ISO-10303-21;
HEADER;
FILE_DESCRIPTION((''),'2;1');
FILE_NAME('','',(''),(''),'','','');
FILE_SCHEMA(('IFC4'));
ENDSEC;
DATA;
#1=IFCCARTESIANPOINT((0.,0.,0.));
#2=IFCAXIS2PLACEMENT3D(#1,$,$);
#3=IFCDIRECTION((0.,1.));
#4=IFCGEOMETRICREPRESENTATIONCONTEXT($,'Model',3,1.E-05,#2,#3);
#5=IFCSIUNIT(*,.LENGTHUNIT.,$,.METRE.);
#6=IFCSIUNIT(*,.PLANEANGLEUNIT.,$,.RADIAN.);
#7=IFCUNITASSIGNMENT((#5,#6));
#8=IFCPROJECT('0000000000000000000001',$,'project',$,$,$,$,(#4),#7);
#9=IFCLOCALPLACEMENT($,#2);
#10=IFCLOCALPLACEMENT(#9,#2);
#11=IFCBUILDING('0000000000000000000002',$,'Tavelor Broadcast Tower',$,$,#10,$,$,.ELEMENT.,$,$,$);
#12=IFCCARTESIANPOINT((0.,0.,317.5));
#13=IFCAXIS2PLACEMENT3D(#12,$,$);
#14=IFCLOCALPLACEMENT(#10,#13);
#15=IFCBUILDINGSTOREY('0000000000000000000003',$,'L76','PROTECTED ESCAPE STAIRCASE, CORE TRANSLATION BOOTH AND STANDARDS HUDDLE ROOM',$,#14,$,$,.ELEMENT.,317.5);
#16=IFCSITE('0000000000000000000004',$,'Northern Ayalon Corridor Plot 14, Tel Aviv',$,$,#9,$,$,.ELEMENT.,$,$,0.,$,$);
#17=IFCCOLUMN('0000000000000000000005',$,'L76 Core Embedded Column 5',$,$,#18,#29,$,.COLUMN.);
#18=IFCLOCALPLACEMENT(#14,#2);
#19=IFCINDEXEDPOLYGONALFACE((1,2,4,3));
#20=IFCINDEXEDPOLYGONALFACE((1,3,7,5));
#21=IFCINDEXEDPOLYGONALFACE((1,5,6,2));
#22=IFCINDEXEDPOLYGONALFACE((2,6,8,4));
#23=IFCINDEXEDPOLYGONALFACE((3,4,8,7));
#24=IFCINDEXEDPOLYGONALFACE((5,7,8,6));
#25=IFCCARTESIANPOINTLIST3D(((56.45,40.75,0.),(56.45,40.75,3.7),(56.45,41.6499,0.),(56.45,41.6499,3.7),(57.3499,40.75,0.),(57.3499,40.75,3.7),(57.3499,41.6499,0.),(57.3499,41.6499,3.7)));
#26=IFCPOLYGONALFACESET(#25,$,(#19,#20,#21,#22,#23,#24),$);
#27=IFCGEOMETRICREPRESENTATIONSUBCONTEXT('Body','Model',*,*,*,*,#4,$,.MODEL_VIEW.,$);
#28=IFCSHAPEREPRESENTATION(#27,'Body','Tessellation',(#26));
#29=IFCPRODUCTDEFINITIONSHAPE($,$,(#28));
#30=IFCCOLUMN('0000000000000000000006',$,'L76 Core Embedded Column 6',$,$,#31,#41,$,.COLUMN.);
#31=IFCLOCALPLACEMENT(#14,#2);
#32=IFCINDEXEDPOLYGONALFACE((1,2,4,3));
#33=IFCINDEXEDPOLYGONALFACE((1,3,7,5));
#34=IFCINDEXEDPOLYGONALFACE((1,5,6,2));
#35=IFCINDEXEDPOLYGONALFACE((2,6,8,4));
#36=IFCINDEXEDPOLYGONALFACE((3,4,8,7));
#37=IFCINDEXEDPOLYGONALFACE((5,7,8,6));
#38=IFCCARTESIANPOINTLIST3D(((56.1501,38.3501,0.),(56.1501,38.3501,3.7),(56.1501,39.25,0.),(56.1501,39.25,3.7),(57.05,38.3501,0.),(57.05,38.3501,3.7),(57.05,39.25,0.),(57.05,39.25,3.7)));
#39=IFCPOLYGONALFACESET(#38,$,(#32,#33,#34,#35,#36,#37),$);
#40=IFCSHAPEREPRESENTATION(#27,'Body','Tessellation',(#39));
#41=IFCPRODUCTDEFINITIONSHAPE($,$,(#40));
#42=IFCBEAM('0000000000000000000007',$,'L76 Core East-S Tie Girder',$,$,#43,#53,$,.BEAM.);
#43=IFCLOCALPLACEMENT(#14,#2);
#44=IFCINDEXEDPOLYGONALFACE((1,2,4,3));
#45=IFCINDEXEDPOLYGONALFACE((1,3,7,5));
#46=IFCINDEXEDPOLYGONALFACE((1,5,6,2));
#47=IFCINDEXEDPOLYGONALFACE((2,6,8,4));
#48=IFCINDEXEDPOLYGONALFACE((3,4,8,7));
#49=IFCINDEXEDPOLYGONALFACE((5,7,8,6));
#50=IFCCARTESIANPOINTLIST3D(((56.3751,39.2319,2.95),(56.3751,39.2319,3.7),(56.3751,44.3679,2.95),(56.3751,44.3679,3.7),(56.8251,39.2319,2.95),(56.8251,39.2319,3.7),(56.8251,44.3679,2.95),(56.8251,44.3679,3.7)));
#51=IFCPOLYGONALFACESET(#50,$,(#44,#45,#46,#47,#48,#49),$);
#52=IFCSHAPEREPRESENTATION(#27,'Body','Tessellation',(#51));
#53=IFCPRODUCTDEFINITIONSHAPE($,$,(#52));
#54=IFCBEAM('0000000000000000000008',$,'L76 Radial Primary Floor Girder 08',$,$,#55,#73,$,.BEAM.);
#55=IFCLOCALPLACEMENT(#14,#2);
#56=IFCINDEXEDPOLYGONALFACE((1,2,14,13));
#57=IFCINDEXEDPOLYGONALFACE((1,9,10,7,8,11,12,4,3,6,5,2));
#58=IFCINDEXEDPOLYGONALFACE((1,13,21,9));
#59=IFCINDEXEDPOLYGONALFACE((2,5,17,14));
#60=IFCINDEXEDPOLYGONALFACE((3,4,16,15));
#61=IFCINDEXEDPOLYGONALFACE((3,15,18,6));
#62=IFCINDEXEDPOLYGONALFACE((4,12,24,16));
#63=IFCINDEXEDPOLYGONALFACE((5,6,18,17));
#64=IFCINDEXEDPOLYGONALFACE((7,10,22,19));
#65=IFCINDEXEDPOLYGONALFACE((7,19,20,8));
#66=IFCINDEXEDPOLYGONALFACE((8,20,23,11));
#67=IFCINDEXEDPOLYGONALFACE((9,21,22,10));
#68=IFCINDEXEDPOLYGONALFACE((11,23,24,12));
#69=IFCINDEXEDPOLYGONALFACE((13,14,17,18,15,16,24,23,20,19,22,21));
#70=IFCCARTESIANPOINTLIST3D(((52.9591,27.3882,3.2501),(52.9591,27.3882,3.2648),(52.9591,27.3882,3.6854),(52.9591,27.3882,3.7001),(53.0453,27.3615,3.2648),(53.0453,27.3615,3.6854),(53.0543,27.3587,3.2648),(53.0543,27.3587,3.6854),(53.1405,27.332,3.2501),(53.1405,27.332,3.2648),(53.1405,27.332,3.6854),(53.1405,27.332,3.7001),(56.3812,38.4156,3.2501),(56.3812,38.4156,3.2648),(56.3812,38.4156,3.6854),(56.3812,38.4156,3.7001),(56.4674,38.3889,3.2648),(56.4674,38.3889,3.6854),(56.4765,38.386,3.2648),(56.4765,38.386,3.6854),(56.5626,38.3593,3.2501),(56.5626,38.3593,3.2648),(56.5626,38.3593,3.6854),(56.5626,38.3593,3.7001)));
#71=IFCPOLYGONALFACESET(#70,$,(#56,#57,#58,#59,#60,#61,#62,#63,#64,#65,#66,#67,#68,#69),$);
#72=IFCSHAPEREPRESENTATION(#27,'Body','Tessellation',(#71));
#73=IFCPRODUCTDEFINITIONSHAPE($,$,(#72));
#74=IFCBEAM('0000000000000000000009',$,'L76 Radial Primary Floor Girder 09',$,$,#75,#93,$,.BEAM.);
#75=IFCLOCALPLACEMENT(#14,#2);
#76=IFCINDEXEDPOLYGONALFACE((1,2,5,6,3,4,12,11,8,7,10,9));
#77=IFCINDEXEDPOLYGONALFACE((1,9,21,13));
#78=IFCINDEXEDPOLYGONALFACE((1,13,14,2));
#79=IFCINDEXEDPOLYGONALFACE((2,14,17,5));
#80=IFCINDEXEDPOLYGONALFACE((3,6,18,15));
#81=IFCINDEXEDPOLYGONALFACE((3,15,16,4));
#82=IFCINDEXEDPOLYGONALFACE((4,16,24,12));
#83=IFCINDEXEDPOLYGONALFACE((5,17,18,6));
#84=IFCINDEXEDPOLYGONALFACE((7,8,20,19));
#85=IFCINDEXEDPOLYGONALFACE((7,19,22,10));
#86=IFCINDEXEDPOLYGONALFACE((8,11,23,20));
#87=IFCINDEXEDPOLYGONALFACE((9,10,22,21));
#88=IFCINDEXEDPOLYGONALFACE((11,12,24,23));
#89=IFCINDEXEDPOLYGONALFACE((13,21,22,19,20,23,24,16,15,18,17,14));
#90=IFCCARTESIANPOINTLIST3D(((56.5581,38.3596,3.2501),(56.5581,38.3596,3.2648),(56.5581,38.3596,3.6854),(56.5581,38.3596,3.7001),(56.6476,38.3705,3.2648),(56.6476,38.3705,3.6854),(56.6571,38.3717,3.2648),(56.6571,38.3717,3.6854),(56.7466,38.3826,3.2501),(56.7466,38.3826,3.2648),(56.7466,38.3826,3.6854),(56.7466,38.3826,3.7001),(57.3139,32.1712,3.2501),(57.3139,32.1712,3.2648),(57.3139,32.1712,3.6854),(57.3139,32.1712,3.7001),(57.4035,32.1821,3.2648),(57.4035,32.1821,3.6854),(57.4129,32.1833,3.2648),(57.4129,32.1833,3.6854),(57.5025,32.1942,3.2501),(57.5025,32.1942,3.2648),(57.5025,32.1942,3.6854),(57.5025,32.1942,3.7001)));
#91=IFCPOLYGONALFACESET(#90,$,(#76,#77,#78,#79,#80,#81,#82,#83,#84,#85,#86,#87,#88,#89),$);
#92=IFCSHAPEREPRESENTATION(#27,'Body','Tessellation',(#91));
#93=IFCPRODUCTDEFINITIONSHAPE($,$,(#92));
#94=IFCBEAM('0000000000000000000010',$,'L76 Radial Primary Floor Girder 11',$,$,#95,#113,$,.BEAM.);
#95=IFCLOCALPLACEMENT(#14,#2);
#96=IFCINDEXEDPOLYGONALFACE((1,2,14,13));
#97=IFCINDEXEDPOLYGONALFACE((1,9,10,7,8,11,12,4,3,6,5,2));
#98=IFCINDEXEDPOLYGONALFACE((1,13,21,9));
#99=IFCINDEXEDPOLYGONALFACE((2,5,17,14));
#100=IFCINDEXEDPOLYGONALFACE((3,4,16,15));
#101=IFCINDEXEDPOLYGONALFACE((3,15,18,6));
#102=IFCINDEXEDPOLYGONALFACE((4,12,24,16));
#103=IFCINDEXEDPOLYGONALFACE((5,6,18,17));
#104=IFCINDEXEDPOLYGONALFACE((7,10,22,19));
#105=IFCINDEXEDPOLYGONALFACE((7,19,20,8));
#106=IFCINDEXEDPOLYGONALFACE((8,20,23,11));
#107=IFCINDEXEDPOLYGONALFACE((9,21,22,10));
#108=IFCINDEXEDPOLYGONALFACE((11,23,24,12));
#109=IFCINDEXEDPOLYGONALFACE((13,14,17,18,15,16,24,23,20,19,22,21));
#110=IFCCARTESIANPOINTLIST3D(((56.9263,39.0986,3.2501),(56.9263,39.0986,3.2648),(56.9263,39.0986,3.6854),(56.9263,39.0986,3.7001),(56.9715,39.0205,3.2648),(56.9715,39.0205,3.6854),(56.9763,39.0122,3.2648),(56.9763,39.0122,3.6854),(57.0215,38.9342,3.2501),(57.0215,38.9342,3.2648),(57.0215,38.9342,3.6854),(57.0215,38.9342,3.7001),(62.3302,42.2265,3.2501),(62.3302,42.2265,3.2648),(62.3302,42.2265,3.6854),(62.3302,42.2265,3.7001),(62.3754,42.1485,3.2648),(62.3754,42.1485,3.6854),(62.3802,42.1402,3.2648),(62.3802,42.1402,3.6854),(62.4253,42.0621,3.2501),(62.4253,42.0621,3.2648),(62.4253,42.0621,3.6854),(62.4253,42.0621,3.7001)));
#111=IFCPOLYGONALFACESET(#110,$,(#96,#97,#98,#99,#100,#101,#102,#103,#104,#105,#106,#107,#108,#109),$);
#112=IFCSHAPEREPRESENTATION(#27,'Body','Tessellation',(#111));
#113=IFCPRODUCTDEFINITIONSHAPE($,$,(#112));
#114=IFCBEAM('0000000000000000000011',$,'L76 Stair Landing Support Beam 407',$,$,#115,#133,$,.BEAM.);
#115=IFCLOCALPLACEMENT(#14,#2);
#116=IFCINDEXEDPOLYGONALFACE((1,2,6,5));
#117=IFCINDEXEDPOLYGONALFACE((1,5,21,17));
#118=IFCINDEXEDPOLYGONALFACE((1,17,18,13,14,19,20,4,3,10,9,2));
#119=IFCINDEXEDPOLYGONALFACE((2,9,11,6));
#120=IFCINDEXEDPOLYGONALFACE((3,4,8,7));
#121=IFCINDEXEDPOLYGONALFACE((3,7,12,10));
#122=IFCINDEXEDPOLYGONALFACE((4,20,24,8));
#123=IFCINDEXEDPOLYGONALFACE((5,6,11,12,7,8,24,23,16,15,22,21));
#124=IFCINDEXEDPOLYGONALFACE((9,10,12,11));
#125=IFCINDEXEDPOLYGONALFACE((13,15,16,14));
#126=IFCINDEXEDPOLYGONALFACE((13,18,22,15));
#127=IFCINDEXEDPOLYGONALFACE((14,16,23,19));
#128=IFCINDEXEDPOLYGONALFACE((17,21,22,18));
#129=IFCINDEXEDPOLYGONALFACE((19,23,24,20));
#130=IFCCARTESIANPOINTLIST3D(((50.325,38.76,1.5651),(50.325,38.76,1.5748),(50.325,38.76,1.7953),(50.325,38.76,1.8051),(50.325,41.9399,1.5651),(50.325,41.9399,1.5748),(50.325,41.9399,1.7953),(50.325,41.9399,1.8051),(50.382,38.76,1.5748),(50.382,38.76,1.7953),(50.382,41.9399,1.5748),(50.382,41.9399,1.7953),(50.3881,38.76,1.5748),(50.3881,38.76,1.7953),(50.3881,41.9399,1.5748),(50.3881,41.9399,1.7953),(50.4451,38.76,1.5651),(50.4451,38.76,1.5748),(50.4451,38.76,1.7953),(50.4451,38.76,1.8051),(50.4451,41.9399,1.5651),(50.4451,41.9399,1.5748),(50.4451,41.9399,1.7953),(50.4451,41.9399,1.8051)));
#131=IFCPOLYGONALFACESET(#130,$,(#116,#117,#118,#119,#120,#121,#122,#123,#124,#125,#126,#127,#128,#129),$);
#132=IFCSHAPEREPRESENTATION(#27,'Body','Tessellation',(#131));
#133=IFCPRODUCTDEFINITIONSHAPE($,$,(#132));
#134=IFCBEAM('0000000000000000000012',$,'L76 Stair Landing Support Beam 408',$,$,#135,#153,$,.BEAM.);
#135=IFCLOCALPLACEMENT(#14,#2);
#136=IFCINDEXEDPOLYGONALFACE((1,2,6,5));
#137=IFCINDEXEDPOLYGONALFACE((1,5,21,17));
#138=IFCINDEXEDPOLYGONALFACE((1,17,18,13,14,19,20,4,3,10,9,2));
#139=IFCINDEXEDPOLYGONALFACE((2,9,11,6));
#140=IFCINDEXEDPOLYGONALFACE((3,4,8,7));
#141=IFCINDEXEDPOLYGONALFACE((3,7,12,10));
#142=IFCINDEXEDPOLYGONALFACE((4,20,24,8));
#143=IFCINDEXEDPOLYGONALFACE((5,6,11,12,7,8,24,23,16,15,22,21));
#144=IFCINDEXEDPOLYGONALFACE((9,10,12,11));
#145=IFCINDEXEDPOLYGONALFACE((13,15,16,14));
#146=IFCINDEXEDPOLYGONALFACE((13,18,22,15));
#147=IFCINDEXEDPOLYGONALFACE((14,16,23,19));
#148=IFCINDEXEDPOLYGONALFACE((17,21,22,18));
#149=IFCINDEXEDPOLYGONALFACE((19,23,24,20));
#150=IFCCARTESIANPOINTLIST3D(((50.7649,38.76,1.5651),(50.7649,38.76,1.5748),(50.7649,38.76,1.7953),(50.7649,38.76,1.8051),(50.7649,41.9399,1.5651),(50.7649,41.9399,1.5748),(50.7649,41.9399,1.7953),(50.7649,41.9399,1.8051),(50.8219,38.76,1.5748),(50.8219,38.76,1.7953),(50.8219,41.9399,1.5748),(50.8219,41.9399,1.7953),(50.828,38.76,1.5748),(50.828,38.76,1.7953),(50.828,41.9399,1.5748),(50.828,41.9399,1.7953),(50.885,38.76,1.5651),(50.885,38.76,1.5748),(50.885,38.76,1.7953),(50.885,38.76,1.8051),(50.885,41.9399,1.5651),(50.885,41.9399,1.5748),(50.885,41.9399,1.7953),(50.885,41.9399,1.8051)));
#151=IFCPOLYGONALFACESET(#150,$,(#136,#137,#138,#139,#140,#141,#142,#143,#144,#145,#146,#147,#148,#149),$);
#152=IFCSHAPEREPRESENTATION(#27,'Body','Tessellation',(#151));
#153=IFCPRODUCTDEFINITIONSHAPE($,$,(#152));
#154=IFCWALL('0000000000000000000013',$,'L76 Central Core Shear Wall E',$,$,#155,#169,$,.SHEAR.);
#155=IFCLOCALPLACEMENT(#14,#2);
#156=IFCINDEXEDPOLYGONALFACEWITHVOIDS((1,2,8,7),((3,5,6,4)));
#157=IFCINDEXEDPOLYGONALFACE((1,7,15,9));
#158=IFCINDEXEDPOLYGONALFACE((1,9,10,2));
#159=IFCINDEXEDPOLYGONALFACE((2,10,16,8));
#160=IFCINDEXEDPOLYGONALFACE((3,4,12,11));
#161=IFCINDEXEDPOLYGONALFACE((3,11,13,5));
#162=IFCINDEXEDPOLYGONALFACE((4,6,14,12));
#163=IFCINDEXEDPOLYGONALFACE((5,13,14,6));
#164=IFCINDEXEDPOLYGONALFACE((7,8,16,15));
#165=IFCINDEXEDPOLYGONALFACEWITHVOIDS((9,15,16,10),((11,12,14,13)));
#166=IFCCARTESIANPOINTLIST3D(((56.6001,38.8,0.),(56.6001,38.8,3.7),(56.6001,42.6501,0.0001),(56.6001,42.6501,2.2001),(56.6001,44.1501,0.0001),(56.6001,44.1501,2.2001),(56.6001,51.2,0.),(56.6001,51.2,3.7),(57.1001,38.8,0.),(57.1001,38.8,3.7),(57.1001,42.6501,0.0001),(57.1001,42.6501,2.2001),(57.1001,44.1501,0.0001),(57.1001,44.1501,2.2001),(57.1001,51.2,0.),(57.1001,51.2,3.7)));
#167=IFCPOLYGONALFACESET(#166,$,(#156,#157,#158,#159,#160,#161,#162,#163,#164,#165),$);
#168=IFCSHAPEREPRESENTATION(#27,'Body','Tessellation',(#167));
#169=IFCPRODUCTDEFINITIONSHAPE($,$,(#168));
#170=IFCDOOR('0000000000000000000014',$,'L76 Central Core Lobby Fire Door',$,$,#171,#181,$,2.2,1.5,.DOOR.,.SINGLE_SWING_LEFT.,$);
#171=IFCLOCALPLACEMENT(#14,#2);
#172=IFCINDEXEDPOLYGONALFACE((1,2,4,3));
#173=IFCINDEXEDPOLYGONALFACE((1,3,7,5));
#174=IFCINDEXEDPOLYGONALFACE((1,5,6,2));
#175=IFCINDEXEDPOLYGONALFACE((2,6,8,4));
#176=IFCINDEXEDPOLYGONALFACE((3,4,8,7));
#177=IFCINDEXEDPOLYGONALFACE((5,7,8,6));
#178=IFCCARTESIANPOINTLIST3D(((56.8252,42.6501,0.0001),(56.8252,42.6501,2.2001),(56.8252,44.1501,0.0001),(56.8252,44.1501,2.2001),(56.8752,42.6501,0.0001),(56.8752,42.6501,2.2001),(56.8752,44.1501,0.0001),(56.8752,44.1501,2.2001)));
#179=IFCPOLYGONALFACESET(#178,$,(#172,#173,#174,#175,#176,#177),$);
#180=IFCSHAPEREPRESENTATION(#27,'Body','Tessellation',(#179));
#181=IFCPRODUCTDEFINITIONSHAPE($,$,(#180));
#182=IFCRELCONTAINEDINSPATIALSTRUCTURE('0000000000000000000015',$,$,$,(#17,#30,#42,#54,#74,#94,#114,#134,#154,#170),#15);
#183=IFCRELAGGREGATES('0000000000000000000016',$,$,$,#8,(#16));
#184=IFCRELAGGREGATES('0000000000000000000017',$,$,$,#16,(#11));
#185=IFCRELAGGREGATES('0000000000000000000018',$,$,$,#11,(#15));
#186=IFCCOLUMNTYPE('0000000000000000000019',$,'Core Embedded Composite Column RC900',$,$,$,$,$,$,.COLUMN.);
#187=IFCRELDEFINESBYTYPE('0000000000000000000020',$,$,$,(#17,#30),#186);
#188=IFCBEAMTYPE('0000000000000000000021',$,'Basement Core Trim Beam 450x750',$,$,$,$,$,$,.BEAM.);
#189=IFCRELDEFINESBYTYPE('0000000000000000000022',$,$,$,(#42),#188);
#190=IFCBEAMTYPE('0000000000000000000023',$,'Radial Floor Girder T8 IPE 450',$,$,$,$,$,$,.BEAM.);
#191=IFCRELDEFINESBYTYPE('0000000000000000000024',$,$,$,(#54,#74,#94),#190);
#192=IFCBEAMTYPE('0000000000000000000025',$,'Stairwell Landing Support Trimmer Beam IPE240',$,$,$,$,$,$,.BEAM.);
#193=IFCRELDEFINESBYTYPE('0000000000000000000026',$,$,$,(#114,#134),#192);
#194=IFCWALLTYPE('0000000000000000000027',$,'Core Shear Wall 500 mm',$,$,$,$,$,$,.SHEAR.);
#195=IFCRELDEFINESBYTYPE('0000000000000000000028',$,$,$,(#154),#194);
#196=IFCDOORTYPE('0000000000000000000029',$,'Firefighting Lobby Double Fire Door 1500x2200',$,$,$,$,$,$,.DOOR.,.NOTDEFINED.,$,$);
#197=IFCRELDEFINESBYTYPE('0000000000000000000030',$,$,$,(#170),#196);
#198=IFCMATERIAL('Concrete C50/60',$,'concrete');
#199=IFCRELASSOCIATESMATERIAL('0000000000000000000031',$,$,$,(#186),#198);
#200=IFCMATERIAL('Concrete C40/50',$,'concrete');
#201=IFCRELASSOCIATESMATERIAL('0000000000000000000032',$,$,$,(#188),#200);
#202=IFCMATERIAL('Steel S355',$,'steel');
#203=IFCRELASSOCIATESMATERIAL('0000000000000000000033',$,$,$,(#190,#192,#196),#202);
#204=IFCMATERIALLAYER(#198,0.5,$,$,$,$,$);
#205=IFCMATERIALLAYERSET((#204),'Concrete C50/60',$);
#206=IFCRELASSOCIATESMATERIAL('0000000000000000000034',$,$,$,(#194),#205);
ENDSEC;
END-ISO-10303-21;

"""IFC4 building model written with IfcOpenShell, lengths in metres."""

from ifc_helpers import new_model, si_unit, direction, frame, frame_2d, origin, origin_2d, place, context, subcontext, project, spatial, rectangle, i_section, extrude, material, layer, layer_set, material_profile, profile_set, type_object, element, fill, save


model = new_model("IFC4")

# Units and contexts
model_context = context("Model", 3, precision=1e-05, world=origin(), true_north=direction((0.0, 1.0)))
body_context = subcontext(model_context, "Body", "Model", "MODEL_VIEW")
ifc_project = project(units=[si_unit("LENGTHUNIT", "METRE"), si_unit("PLANEANGLEUNIT", "RADIAN")], contexts=[model_context])

# Site, building, storey
site_placement = place(None, origin())
site = spatial("IfcSite", under=ifc_project, at=site_placement, Name="Northern Ayalon Corridor Plot 14, Tel Aviv", CompositionType="ELEMENT", RefElevation=0.0)
building_placement = place(site_placement, origin())
building = spatial("IfcBuilding", under=site, at=building_placement, Name="Tavelor Broadcast Tower", CompositionType="ELEMENT")
storey_placement = place(building_placement, frame((0.0, 0.0, 317.5)))
storey = spatial("IfcBuildingStorey", under=building, at=storey_placement, Name="L76", Description="PROTECTED ESCAPE STAIRCASE, CORE TRANSLATION BOOTH AND STANDARDS HUDDLE ROOM", CompositionType="ELEMENT", Elevation=317.5)

# Columns
ifc_material_1 = material(Name="Concrete C50/60", Category="concrete")
ifc_material_profile_1 = material_profile(ifc_material_1, rectangle(XDim=0.8999, YDim=0.8999, at=origin_2d()), Name="RC 900x900")
ifc_profile_set_1 = profile_set([ifc_material_profile_1], Name="Concrete C50/60")
column_type = type_object("IfcColumnType", Name="Core Embedded Composite Column RC900", PredefinedType="COLUMN", material=ifc_profile_set_1)
for number, where, z_axis, x_axis, name in (
    (1, (56.8999, 41.2, 0.0), (0.0, 0.0, 1.0), (1.0, 0.0, 0.0), "L76 Core Embedded Column 5"),
    (2, (56.6001, 38.8, 0.0), (0.0, 0.0, 1.0), (1.0, 0.0, 0.0), "L76 Core Embedded Column 6"),
):
    element("IfcColumn", number, at=place(storey_placement, frame(where, z_axis=z_axis, x_axis=x_axis)), inside=storey, type_object=column_type, Name=name, PredefinedType="COLUMN", context=body_context, shape_type="SweptSolid", body=[
        extrude(rectangle(XDim=0.8999, YDim=0.8999, at=origin_2d()), origin(), (0.0, 0.0, 1.0), 3.7),
    ])

# Beams
ifc_material_2 = material(Name="Concrete C40/50", Category="concrete")
ifc_material_profile_2 = material_profile(ifc_material_2, rectangle(XDim=0.45, YDim=0.75, at=origin_2d()), Name="RC 450x750")
ifc_profile_set_2 = profile_set([ifc_material_profile_2], Name="Concrete C40/50")
beam_type_1 = type_object("IfcBeamType", Name="Basement Core Trim Beam 450x750", PredefinedType="BEAM", material=ifc_profile_set_2)
beam_1_placement = place(storey_placement, frame((56.6001, 39.2319, 3.325), z_axis=(0.0, 1.0, 0.0), x_axis=(-1.0, 0.0, 0.0)))
element("IfcBeam", 3, at=beam_1_placement, inside=storey, type_object=beam_type_1, Name="L76 Core East-S Tie Girder", PredefinedType="BEAM", context=body_context, shape_type="SweptSolid", body=[
    extrude(rectangle(XDim=0.45, YDim=0.75, at=origin_2d()), origin(), (0.0, 0.0, 1.0), 5.136),
])
ifc_material_3 = material(Name="Steel S355", Category="steel")
ifc_material_profile_3 = material_profile(ifc_material_3, i_section(OverallWidth=0.1899, OverallDepth=0.45, WebThickness=0.0095, FlangeThickness=0.0146, at=origin_2d()), Name="IPE 450")
ifc_profile_set_3 = profile_set([ifc_material_profile_3], Name="Steel S355")
beam_type_2 = type_object("IfcBeamType", Name="Radial Floor Girder T8 IPE 450", PredefinedType="BEAM", material=ifc_profile_set_3)
beam_2_placement = place(storey_placement, frame((56.4719, 38.3875, 3.4751), z_axis=(-0.296387, -0.955068, 0.0), x_axis=(0.955068, -0.296387, 0.0)))
element("IfcBeam", 4, at=beam_2_placement, inside=storey, type_object=beam_type_2, Name="L76 Radial Primary Floor Girder 08", PredefinedType="BEAM", context=body_context, shape_type="SweptSolid", body=[
    extrude(i_section(OverallWidth=0.1899, OverallDepth=0.45, WebThickness=0.0095, FlangeThickness=0.0146, at=origin_2d()), origin(), (0.0, 0.0, 1.0), 11.5461),
])
beam_3_placement = place(storey_placement, frame((56.6523, 38.3711, 3.4751), z_axis=(0.121239, -0.992623, 0.0), x_axis=(0.992623, 0.121239, 0.0)))
element("IfcBeam", 5, at=beam_3_placement, inside=storey, type_object=beam_type_2, Name="L76 Radial Primary Floor Girder 09", PredefinedType="BEAM", context=body_context, shape_type="SweptSolid", body=[
    extrude(i_section(OverallWidth=0.1899, OverallDepth=0.45, WebThickness=0.0095, FlangeThickness=0.0146, at=origin_2d()), origin(), (0.0, 0.0, 1.0), 6.2344),
])
beam_4_placement = place(storey_placement, frame((56.9739, 39.0164, 3.4751), z_axis=(0.865467, 0.500965, 0.0), x_axis=(-0.500965, 0.865467, 0.0)))
element("IfcBeam", 6, at=beam_4_placement, inside=storey, type_object=beam_type_2, Name="L76 Radial Primary Floor Girder 11", PredefinedType="BEAM", context=body_context, shape_type="SweptSolid", body=[
    extrude(i_section(OverallWidth=0.1899, OverallDepth=0.45, WebThickness=0.0095, FlangeThickness=0.0146, at=origin_2d()), origin(), (0.0, 0.0, 1.0), 6.2439),
])
ifc_material_profile_4 = material_profile(ifc_material_3, i_section(OverallWidth=0.1201, OverallDepth=0.24, WebThickness=0.0061, FlangeThickness=0.0098, at=origin_2d()), Name="IPE 240")
ifc_profile_set_4 = profile_set([ifc_material_profile_4], Name="Steel S355")
beam_type_3 = type_object("IfcBeamType", Name="Stairwell Landing Support Trimmer Beam IPE240", PredefinedType="BEAM", material=ifc_profile_set_4)
for number, where, z_axis, x_axis, name in (
    (7, (50.385, 38.76, 1.6851), (0.0, 1.0, 0.0), (-1.0, 0.0, 0.0), "L76 Stair Landing Support Beam 407"),
    (8, (50.825, 38.76, 1.6851), (0.0, 1.0, 0.0), (-1.0, 0.0, 0.0), "L76 Stair Landing Support Beam 408"),
):
    element("IfcBeam", number, at=place(storey_placement, frame(where, z_axis=z_axis, x_axis=x_axis)), inside=storey, type_object=beam_type_3, Name=name, PredefinedType="BEAM", context=body_context, shape_type="SweptSolid", body=[
        extrude(i_section(OverallWidth=0.1201, OverallDepth=0.24, WebThickness=0.0061, FlangeThickness=0.0098, at=origin_2d()), origin(), (0.0, 0.0, 1.0), 3.1799),
    ])

# Wall, opening, door
ifc_layer_1 = layer(ifc_material_1, 0.5)
ifc_layer_set_1 = layer_set([ifc_layer_1], Name="Concrete C50/60")
wall_type_1 = type_object("IfcWallType", Name="Core Shear Wall 500 mm", PredefinedType="SHEAR", material=ifc_layer_set_1)
wall_1_placement = place(storey_placement, frame((56.8501, 38.8, 0.0), z_axis=(0.0, 0.0, 1.0), x_axis=(0.0, 1.0, 0.0)))
wall_1 = element("IfcWall", 9, at=wall_1_placement, inside=storey, type_object=wall_type_1, Name="L76 Central Core Shear Wall E", PredefinedType="SHEAR", context=body_context, shape_type="SweptSolid", body=[
    extrude(rectangle(XDim=12.3999, YDim=0.5, at=frame_2d((6.2, 0.0))), origin(), (0.0, 0.0, 1.0), 3.7),
])
opening_1_placement = place(wall_1_placement, frame((3.8501, 0.0, 0.0)))
opening_1 = element("IfcOpeningElement", 10, at=opening_1_placement, cuts=wall_1, PredefinedType="OPENING", context=body_context, shape_type="SweptSolid", body=[
    extrude(rectangle(XDim=1.5, YDim=2.2, at=frame_2d((0.75, 1.1001))), frame((0.0, 0.26, 0.0), z_axis=(0.0, -1.0, 0.0), x_axis=(1.0, 0.0, 0.0)), (0.0, 0.0, 1.0), 0.52),
])
door_type_1 = type_object("IfcDoorType", Name="Firefighting Lobby Double Fire Door 1500x2200", OperationType="NOTDEFINED", PredefinedType="DOOR", material=ifc_material_3)
door_1_placement = place(opening_1_placement, origin())
door_1 = element("IfcDoor", 11, at=door_1_placement, inside=storey, type_object=door_type_1, Name="L76 Central Core Lobby Fire Door", OperationType="SINGLE_SWING_LEFT", OverallHeight=2.2, OverallWidth=1.5, PredefinedType="DOOR", context=body_context, shape_type="SweptSolid", body=[
    extrude(rectangle(XDim=1.5, YDim=2.2, at=frame_2d((0.75, 1.1001))), frame((0.0, 0.0249, 0.0), z_axis=(0.0, -1.0, 0.0), x_axis=(1.0, 0.0, 0.0)), (0.0, 0.0, 1.0), 0.05),
])
fill(opening_1, door_1)

save(model, "model.ifc")
